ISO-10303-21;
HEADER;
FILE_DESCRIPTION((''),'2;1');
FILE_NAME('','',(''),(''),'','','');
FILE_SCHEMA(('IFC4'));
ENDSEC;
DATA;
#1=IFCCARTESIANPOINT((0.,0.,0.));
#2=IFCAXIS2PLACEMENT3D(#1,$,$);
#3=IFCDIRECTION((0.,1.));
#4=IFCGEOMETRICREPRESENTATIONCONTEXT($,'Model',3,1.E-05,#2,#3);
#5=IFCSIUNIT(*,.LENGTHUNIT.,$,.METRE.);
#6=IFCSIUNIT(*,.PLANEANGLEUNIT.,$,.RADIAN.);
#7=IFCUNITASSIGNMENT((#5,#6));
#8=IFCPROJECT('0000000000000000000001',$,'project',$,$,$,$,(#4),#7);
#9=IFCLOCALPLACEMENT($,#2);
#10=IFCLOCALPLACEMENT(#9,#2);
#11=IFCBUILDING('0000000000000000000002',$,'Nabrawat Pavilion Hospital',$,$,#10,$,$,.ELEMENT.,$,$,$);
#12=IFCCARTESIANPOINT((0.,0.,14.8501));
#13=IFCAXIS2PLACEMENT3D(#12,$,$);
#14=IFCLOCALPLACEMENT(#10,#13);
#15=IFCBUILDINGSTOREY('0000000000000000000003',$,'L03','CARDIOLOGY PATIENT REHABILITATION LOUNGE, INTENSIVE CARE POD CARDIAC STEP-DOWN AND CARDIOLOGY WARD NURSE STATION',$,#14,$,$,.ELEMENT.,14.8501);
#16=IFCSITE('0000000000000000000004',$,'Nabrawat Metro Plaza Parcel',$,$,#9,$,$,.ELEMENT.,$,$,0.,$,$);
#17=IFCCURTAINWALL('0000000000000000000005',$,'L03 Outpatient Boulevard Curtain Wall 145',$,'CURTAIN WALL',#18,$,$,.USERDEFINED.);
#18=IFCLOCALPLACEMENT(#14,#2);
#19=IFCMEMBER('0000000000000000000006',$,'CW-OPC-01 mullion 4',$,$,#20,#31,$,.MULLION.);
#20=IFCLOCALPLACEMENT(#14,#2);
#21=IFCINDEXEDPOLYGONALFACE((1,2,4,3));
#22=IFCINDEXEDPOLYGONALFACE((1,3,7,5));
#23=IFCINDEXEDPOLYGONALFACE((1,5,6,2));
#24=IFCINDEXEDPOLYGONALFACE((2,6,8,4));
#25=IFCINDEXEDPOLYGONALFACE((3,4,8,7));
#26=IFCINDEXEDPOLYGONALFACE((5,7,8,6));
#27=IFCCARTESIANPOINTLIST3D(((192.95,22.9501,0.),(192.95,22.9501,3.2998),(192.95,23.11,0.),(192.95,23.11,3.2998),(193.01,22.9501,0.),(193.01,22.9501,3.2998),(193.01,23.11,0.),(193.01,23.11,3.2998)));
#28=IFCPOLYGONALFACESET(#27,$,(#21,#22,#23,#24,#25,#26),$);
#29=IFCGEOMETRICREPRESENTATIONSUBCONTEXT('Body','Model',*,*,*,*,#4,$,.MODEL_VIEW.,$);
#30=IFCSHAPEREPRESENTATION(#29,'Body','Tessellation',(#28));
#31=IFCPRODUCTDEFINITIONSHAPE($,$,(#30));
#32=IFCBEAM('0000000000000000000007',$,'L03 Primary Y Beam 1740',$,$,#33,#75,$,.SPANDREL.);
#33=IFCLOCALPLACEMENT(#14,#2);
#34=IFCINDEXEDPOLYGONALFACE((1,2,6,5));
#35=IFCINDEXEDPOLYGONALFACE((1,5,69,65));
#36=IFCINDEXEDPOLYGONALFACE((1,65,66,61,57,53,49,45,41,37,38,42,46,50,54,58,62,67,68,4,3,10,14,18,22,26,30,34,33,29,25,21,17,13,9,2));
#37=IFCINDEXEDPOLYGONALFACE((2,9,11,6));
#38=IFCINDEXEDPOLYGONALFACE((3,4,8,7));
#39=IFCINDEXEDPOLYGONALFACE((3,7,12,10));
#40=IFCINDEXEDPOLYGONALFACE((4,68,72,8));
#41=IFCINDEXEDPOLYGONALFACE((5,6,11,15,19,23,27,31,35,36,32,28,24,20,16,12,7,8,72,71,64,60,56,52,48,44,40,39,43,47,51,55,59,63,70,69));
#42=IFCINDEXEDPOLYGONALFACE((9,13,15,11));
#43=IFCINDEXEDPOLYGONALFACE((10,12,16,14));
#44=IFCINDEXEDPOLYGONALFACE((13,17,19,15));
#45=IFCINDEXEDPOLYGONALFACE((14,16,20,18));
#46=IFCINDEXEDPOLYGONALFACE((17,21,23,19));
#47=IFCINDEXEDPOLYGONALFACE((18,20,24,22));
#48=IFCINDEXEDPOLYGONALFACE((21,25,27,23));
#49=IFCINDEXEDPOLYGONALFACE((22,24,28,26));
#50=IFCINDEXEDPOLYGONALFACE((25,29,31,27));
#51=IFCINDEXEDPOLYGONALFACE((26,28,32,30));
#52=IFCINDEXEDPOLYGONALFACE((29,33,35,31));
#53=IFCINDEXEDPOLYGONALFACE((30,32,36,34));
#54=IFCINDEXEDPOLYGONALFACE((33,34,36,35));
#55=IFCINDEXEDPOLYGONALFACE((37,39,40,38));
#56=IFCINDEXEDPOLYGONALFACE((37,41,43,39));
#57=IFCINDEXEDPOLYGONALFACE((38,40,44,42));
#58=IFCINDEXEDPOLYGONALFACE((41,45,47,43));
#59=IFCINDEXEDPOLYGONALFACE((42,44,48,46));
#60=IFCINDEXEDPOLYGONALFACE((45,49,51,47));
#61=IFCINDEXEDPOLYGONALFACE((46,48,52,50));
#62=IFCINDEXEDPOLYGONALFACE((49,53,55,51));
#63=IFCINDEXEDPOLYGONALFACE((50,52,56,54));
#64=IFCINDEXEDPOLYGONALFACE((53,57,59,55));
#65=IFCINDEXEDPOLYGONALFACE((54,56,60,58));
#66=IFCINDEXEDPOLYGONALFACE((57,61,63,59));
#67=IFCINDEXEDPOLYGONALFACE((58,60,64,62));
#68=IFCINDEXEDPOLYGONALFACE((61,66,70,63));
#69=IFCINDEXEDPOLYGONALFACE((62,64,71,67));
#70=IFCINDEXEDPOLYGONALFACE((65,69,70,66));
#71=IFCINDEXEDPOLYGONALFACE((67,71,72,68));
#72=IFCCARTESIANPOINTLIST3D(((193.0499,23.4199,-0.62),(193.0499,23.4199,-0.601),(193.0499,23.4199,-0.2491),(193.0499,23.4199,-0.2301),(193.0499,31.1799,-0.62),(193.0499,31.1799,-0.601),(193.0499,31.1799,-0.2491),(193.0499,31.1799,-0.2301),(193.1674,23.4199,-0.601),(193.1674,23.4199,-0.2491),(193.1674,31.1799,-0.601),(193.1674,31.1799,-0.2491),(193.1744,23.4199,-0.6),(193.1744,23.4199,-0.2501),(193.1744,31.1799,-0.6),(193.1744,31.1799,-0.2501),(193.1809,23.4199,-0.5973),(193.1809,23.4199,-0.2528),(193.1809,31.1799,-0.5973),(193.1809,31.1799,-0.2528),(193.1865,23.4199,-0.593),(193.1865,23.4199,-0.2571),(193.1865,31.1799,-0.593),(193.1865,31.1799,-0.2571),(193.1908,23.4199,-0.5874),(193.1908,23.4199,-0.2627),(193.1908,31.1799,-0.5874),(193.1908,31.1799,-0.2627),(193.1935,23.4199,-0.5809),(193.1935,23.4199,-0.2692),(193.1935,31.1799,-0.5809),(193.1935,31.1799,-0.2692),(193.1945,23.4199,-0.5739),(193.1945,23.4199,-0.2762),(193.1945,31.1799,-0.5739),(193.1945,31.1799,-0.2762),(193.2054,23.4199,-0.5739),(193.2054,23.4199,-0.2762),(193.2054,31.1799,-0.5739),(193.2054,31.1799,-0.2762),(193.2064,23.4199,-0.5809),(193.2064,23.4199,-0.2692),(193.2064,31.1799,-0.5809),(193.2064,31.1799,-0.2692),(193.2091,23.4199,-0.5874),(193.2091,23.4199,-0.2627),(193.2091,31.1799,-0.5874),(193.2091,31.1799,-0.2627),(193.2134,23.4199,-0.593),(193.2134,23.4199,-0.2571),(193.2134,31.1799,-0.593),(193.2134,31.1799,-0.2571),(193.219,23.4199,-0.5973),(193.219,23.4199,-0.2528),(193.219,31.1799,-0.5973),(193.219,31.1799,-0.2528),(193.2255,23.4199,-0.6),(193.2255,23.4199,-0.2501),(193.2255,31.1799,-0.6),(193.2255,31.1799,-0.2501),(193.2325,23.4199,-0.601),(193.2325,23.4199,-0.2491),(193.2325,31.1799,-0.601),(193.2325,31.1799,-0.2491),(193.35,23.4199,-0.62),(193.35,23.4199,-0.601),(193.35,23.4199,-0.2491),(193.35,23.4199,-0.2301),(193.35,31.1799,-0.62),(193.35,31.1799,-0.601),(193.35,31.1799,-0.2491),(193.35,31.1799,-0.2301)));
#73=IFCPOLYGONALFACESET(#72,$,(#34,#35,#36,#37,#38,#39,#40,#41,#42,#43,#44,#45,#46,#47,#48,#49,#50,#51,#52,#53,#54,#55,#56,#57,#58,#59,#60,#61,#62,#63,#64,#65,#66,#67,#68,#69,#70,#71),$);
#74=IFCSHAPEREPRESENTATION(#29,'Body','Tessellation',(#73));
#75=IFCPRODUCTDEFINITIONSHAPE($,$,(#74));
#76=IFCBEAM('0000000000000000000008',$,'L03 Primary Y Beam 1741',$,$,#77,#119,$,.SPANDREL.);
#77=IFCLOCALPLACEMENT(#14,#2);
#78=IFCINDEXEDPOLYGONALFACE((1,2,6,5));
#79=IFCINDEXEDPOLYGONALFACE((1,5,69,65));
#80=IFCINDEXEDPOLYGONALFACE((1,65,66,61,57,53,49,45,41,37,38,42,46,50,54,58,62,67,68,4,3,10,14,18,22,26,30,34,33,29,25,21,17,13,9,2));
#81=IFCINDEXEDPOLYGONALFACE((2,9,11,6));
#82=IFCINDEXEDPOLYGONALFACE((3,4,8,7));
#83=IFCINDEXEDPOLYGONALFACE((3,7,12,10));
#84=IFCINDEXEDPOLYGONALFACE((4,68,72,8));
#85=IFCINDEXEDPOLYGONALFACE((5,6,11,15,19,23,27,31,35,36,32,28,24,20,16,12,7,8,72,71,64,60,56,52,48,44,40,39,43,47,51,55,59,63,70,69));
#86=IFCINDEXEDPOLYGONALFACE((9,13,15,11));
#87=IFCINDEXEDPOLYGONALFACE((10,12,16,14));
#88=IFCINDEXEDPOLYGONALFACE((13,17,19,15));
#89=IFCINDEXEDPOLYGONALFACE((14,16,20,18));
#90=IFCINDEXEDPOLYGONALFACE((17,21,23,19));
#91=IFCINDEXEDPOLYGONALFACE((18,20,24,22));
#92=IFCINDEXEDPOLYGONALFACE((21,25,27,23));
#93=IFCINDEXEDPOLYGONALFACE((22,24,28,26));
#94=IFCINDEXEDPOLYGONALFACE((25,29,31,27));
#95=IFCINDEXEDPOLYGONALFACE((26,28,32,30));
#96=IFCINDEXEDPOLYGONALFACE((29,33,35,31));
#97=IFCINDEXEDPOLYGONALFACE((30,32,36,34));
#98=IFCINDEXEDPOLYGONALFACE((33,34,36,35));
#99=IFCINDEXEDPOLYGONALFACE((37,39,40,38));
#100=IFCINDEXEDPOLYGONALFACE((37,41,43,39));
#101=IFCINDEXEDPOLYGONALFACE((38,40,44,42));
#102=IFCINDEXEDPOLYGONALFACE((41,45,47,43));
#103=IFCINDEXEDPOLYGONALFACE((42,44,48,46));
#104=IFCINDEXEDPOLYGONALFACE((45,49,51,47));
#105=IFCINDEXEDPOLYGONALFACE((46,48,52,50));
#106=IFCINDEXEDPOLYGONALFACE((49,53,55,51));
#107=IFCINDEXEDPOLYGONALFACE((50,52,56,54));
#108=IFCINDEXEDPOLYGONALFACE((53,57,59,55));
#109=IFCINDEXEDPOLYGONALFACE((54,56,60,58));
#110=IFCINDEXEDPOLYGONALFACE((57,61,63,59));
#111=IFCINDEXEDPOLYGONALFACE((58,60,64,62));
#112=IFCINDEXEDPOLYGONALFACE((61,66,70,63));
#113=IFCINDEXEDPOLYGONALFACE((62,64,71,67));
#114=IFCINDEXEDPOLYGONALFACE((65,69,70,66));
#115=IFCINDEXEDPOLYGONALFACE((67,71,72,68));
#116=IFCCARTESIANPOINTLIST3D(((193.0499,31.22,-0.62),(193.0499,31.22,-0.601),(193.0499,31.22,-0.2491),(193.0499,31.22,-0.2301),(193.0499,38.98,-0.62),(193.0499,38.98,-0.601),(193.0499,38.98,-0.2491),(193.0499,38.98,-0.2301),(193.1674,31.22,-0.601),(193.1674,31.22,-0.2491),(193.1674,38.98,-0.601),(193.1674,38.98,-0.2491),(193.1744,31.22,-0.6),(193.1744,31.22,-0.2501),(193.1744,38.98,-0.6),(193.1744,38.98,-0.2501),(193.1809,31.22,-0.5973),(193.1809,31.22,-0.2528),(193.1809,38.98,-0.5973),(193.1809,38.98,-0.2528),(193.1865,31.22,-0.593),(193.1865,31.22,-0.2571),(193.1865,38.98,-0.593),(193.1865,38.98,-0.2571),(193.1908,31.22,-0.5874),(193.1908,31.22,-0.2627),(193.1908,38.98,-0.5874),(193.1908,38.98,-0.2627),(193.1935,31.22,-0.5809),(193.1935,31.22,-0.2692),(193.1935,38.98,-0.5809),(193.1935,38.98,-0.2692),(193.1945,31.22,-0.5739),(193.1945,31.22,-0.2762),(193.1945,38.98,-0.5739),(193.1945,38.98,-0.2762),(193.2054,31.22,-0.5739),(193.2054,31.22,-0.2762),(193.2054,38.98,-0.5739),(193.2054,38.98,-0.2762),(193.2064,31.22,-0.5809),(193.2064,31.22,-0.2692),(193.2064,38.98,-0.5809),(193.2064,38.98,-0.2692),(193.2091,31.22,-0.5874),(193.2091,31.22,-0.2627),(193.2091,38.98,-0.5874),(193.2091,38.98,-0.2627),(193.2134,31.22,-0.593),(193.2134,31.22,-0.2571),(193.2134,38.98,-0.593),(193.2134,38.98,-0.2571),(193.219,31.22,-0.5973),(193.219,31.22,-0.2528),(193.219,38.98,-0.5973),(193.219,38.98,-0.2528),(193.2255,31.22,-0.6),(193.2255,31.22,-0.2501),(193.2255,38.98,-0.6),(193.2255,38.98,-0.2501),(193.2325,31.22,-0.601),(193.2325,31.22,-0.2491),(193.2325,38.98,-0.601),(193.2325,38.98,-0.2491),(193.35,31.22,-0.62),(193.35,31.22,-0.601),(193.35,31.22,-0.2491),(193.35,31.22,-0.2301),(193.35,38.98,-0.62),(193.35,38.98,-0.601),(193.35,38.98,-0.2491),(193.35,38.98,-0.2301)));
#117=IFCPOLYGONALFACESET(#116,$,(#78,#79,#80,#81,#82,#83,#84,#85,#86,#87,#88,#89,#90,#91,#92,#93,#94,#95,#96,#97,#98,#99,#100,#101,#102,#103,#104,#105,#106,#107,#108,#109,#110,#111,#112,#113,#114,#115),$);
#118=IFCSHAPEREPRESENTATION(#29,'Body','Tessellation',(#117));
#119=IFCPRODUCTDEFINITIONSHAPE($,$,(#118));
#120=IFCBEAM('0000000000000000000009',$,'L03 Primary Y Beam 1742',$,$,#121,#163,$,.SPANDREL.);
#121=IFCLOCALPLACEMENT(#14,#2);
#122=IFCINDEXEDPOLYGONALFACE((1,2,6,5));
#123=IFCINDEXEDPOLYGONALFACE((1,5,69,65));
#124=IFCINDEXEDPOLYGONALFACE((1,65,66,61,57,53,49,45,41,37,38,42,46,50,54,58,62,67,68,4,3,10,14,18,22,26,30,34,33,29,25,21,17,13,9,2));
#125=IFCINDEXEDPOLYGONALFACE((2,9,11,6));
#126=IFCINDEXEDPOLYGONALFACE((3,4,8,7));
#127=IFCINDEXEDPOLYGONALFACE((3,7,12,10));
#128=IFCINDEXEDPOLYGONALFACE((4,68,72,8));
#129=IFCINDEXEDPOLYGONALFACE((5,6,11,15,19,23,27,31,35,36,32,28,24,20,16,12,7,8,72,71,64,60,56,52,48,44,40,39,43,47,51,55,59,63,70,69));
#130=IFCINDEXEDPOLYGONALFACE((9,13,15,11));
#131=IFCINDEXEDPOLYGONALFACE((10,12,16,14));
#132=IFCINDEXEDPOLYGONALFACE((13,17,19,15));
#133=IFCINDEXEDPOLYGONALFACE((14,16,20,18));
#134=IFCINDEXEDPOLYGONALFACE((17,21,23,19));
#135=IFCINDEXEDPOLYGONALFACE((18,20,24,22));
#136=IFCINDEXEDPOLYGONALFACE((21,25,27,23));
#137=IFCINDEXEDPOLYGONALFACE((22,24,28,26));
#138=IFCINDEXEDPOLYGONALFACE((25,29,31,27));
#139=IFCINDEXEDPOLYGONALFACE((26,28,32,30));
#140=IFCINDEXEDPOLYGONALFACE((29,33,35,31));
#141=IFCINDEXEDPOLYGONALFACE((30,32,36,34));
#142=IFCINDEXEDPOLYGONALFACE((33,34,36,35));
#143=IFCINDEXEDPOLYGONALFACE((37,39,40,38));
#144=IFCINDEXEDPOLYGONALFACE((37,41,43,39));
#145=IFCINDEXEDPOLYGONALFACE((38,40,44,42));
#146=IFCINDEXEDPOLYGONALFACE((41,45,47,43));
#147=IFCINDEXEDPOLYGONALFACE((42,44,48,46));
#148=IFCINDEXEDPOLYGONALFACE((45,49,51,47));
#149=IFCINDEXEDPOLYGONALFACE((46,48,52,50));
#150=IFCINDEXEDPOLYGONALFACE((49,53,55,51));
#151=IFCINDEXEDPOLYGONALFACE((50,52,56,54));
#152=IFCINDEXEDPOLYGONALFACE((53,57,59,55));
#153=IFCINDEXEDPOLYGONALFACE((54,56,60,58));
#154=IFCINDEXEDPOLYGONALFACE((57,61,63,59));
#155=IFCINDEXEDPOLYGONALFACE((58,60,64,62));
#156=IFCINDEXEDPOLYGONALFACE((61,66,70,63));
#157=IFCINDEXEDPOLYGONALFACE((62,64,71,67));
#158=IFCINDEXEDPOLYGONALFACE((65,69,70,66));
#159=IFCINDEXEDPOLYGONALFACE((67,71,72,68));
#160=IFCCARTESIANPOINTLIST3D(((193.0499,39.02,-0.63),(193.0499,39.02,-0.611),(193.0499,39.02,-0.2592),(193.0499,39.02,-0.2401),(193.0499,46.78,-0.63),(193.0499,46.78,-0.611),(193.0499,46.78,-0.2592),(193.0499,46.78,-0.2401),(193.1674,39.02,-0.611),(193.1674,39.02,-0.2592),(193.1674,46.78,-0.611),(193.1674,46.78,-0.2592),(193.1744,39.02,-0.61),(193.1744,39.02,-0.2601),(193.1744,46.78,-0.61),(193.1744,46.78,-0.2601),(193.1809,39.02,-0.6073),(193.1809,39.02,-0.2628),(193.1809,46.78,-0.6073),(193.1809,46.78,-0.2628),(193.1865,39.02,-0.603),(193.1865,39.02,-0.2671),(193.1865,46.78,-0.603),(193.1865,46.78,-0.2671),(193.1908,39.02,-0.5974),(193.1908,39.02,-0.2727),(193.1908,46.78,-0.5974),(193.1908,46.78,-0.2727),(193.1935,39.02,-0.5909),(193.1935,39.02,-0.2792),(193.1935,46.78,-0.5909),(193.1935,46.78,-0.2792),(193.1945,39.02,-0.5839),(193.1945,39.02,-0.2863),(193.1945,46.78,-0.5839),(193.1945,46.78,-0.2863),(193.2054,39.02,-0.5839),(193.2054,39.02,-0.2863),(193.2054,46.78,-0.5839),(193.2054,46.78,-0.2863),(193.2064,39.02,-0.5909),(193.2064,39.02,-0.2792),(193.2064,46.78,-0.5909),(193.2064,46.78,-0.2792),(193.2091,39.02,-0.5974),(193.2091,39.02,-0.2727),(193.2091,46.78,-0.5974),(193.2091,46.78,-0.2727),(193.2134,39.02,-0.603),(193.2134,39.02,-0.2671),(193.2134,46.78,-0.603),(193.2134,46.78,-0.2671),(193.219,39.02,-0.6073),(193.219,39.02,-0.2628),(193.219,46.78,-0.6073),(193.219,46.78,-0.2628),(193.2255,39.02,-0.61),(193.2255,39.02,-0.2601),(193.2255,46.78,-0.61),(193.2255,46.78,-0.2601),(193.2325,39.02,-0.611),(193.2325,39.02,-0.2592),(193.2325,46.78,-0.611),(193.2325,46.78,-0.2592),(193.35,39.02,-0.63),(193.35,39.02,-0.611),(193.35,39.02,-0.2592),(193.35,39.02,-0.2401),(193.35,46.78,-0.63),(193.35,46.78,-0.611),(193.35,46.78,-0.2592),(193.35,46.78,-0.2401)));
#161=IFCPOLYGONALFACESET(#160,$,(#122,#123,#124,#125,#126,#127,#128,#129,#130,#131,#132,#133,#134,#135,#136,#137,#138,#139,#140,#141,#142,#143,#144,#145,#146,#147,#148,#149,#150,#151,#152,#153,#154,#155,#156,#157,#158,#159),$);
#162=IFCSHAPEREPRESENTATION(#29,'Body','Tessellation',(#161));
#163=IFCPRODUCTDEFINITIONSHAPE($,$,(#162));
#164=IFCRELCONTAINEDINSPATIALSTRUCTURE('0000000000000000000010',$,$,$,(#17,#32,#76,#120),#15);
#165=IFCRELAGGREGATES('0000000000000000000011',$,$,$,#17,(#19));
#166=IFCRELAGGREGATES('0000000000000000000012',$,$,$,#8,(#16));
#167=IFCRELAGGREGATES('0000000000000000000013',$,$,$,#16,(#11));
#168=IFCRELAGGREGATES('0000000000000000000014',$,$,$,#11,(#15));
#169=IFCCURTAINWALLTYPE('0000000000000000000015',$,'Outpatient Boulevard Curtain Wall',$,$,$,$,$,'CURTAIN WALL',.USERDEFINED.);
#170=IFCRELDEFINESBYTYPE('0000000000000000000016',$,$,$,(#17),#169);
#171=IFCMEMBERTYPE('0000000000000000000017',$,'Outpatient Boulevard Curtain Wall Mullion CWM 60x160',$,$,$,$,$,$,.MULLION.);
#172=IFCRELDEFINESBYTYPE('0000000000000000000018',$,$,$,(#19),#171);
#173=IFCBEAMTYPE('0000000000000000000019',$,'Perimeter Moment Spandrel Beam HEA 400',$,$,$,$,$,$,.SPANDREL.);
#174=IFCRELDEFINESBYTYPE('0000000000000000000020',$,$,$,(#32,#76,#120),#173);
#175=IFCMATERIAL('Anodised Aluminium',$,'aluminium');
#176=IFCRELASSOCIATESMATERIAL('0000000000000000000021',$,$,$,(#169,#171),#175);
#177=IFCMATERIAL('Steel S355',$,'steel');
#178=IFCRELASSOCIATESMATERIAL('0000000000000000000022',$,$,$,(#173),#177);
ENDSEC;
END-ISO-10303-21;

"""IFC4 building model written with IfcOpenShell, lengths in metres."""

from ifc_helpers import new_model, si_unit, direction, frame, origin, origin_2d, place, context, subcontext, project, spatial, rectangle, i_section, extrude, material, material_profile, profile_set, type_object, element, aggregate, save


model = new_model("IFC4")

# Units and contexts
model_context = context("Model", 3, precision=1e-05, world=origin(), true_north=direction((0.0, 1.0)))
body_context = subcontext(model_context, "Body", "Model", "MODEL_VIEW")
ifc_project = project(units=[si_unit("LENGTHUNIT", "METRE"), si_unit("PLANEANGLEUNIT", "RADIAN")], contexts=[model_context])

# Site, building, storey
site_placement = place(None, origin())
site = spatial("IfcSite", under=ifc_project, at=site_placement, Name="Nabrawat Metro Plaza Parcel", CompositionType="ELEMENT", RefElevation=0.0)
building_placement = place(site_placement, origin())
building = spatial("IfcBuilding", under=site, at=building_placement, Name="Nabrawat Pavilion Hospital", CompositionType="ELEMENT")
storey_placement = place(building_placement, frame((0.0, 0.0, 14.8501)))
storey = spatial("IfcBuildingStorey", under=building, at=storey_placement, Name="L03", Description="CARDIOLOGY PATIENT REHABILITATION LOUNGE, INTENSIVE CARE POD CARDIAC STEP-DOWN AND CARDIOLOGY WARD NURSE STATION", CompositionType="ELEMENT", Elevation=14.8501)

# Shared definitions
ifc_material_1 = material(Name="Steel S355", Category="steel")

# Curtain wall, member
ifc_material_2 = material(Name="Anodised Aluminium", Category="aluminium")
curtain_wall_type = type_object("IfcCurtainWallType", Name="Outpatient Boulevard Curtain Wall", ElementType="CURTAIN WALL", PredefinedType="USERDEFINED", material=ifc_material_2)
curtain_wall_placement = place(storey_placement, origin())
curtain_wall = element("IfcCurtainWall", 1, at=curtain_wall_placement, inside=storey, type_object=curtain_wall_type, Name="L03 Outpatient Boulevard Curtain Wall 145", ObjectType="CURTAIN WALL", PredefinedType="USERDEFINED")
ifc_material_profile_1 = material_profile(ifc_material_2, rectangle(XDim=0.0601, YDim=0.1599, at=origin_2d()), Name="CWM 60x160")
ifc_profile_set_1 = profile_set([ifc_material_profile_1], Name="Anodised Aluminium")
member_type = type_object("IfcMemberType", Name="Outpatient Boulevard Curtain Wall Mullion CWM 60x160", PredefinedType="MULLION", material=ifc_profile_set_1)
member_placement = place(storey_placement, frame((192.98, 23.03, 0.0), z_axis=(0.0, 0.0, 1.0), x_axis=(-1.0, 0.0, 0.0)))
member = element("IfcMember", 2, at=member_placement, type_object=member_type, Name="CW-OPC-01 mullion 4", PredefinedType="MULLION", context=body_context, shape_type="SweptSolid", body=[
    extrude(rectangle(XDim=0.0601, YDim=0.1599, at=origin_2d()), origin(), (0.0, 0.0, 1.0), 3.2998),
])
aggregate(curtain_wall, [member])

# Beams
ifc_material_profile_2 = material_profile(ifc_material_1, i_section(OverallWidth=0.3, OverallDepth=0.3899, WebThickness=0.011, FlangeThickness=0.019, FilletRadius=0.0271, at=origin_2d()), Name="HEA 400")
ifc_profile_set_2 = profile_set([ifc_material_profile_2], Name="Steel S355")
beam_type_1 = type_object("IfcBeamType", Name="Perimeter Moment Spandrel Beam HEA 400", PredefinedType="SPANDREL", material=ifc_profile_set_2)
for number, where, z_axis, x_axis, name in (
    (3, (193.2, 23.4199, -0.425), (0.0, 1.0, 0.0), (-1.0, 0.0, 0.0), "L03 Primary Y Beam 1740"),
    (4, (193.2, 31.22, -0.425), (0.0, 1.0, 0.0), (-1.0, 0.0, 0.0), "L03 Primary Y Beam 1741"),
    (5, (193.2, 39.02, -0.4351), (0.0, 1.0, 0.0), (-1.0, 0.0, 0.0), "L03 Primary Y Beam 1742"),
):
    element("IfcBeam", number, at=place(storey_placement, frame(where, z_axis=z_axis, x_axis=x_axis)), inside=storey, type_object=beam_type_1, Name=name, PredefinedType="SPANDREL", context=body_context, shape_type="SweptSolid", body=[
        extrude(i_section(OverallWidth=0.3, OverallDepth=0.3899, WebThickness=0.011, FlangeThickness=0.019, FilletRadius=0.0271, at=origin_2d()), origin(), (0.0, 0.0, 1.0), 7.76),
    ])

save(model, "model.ifc")
